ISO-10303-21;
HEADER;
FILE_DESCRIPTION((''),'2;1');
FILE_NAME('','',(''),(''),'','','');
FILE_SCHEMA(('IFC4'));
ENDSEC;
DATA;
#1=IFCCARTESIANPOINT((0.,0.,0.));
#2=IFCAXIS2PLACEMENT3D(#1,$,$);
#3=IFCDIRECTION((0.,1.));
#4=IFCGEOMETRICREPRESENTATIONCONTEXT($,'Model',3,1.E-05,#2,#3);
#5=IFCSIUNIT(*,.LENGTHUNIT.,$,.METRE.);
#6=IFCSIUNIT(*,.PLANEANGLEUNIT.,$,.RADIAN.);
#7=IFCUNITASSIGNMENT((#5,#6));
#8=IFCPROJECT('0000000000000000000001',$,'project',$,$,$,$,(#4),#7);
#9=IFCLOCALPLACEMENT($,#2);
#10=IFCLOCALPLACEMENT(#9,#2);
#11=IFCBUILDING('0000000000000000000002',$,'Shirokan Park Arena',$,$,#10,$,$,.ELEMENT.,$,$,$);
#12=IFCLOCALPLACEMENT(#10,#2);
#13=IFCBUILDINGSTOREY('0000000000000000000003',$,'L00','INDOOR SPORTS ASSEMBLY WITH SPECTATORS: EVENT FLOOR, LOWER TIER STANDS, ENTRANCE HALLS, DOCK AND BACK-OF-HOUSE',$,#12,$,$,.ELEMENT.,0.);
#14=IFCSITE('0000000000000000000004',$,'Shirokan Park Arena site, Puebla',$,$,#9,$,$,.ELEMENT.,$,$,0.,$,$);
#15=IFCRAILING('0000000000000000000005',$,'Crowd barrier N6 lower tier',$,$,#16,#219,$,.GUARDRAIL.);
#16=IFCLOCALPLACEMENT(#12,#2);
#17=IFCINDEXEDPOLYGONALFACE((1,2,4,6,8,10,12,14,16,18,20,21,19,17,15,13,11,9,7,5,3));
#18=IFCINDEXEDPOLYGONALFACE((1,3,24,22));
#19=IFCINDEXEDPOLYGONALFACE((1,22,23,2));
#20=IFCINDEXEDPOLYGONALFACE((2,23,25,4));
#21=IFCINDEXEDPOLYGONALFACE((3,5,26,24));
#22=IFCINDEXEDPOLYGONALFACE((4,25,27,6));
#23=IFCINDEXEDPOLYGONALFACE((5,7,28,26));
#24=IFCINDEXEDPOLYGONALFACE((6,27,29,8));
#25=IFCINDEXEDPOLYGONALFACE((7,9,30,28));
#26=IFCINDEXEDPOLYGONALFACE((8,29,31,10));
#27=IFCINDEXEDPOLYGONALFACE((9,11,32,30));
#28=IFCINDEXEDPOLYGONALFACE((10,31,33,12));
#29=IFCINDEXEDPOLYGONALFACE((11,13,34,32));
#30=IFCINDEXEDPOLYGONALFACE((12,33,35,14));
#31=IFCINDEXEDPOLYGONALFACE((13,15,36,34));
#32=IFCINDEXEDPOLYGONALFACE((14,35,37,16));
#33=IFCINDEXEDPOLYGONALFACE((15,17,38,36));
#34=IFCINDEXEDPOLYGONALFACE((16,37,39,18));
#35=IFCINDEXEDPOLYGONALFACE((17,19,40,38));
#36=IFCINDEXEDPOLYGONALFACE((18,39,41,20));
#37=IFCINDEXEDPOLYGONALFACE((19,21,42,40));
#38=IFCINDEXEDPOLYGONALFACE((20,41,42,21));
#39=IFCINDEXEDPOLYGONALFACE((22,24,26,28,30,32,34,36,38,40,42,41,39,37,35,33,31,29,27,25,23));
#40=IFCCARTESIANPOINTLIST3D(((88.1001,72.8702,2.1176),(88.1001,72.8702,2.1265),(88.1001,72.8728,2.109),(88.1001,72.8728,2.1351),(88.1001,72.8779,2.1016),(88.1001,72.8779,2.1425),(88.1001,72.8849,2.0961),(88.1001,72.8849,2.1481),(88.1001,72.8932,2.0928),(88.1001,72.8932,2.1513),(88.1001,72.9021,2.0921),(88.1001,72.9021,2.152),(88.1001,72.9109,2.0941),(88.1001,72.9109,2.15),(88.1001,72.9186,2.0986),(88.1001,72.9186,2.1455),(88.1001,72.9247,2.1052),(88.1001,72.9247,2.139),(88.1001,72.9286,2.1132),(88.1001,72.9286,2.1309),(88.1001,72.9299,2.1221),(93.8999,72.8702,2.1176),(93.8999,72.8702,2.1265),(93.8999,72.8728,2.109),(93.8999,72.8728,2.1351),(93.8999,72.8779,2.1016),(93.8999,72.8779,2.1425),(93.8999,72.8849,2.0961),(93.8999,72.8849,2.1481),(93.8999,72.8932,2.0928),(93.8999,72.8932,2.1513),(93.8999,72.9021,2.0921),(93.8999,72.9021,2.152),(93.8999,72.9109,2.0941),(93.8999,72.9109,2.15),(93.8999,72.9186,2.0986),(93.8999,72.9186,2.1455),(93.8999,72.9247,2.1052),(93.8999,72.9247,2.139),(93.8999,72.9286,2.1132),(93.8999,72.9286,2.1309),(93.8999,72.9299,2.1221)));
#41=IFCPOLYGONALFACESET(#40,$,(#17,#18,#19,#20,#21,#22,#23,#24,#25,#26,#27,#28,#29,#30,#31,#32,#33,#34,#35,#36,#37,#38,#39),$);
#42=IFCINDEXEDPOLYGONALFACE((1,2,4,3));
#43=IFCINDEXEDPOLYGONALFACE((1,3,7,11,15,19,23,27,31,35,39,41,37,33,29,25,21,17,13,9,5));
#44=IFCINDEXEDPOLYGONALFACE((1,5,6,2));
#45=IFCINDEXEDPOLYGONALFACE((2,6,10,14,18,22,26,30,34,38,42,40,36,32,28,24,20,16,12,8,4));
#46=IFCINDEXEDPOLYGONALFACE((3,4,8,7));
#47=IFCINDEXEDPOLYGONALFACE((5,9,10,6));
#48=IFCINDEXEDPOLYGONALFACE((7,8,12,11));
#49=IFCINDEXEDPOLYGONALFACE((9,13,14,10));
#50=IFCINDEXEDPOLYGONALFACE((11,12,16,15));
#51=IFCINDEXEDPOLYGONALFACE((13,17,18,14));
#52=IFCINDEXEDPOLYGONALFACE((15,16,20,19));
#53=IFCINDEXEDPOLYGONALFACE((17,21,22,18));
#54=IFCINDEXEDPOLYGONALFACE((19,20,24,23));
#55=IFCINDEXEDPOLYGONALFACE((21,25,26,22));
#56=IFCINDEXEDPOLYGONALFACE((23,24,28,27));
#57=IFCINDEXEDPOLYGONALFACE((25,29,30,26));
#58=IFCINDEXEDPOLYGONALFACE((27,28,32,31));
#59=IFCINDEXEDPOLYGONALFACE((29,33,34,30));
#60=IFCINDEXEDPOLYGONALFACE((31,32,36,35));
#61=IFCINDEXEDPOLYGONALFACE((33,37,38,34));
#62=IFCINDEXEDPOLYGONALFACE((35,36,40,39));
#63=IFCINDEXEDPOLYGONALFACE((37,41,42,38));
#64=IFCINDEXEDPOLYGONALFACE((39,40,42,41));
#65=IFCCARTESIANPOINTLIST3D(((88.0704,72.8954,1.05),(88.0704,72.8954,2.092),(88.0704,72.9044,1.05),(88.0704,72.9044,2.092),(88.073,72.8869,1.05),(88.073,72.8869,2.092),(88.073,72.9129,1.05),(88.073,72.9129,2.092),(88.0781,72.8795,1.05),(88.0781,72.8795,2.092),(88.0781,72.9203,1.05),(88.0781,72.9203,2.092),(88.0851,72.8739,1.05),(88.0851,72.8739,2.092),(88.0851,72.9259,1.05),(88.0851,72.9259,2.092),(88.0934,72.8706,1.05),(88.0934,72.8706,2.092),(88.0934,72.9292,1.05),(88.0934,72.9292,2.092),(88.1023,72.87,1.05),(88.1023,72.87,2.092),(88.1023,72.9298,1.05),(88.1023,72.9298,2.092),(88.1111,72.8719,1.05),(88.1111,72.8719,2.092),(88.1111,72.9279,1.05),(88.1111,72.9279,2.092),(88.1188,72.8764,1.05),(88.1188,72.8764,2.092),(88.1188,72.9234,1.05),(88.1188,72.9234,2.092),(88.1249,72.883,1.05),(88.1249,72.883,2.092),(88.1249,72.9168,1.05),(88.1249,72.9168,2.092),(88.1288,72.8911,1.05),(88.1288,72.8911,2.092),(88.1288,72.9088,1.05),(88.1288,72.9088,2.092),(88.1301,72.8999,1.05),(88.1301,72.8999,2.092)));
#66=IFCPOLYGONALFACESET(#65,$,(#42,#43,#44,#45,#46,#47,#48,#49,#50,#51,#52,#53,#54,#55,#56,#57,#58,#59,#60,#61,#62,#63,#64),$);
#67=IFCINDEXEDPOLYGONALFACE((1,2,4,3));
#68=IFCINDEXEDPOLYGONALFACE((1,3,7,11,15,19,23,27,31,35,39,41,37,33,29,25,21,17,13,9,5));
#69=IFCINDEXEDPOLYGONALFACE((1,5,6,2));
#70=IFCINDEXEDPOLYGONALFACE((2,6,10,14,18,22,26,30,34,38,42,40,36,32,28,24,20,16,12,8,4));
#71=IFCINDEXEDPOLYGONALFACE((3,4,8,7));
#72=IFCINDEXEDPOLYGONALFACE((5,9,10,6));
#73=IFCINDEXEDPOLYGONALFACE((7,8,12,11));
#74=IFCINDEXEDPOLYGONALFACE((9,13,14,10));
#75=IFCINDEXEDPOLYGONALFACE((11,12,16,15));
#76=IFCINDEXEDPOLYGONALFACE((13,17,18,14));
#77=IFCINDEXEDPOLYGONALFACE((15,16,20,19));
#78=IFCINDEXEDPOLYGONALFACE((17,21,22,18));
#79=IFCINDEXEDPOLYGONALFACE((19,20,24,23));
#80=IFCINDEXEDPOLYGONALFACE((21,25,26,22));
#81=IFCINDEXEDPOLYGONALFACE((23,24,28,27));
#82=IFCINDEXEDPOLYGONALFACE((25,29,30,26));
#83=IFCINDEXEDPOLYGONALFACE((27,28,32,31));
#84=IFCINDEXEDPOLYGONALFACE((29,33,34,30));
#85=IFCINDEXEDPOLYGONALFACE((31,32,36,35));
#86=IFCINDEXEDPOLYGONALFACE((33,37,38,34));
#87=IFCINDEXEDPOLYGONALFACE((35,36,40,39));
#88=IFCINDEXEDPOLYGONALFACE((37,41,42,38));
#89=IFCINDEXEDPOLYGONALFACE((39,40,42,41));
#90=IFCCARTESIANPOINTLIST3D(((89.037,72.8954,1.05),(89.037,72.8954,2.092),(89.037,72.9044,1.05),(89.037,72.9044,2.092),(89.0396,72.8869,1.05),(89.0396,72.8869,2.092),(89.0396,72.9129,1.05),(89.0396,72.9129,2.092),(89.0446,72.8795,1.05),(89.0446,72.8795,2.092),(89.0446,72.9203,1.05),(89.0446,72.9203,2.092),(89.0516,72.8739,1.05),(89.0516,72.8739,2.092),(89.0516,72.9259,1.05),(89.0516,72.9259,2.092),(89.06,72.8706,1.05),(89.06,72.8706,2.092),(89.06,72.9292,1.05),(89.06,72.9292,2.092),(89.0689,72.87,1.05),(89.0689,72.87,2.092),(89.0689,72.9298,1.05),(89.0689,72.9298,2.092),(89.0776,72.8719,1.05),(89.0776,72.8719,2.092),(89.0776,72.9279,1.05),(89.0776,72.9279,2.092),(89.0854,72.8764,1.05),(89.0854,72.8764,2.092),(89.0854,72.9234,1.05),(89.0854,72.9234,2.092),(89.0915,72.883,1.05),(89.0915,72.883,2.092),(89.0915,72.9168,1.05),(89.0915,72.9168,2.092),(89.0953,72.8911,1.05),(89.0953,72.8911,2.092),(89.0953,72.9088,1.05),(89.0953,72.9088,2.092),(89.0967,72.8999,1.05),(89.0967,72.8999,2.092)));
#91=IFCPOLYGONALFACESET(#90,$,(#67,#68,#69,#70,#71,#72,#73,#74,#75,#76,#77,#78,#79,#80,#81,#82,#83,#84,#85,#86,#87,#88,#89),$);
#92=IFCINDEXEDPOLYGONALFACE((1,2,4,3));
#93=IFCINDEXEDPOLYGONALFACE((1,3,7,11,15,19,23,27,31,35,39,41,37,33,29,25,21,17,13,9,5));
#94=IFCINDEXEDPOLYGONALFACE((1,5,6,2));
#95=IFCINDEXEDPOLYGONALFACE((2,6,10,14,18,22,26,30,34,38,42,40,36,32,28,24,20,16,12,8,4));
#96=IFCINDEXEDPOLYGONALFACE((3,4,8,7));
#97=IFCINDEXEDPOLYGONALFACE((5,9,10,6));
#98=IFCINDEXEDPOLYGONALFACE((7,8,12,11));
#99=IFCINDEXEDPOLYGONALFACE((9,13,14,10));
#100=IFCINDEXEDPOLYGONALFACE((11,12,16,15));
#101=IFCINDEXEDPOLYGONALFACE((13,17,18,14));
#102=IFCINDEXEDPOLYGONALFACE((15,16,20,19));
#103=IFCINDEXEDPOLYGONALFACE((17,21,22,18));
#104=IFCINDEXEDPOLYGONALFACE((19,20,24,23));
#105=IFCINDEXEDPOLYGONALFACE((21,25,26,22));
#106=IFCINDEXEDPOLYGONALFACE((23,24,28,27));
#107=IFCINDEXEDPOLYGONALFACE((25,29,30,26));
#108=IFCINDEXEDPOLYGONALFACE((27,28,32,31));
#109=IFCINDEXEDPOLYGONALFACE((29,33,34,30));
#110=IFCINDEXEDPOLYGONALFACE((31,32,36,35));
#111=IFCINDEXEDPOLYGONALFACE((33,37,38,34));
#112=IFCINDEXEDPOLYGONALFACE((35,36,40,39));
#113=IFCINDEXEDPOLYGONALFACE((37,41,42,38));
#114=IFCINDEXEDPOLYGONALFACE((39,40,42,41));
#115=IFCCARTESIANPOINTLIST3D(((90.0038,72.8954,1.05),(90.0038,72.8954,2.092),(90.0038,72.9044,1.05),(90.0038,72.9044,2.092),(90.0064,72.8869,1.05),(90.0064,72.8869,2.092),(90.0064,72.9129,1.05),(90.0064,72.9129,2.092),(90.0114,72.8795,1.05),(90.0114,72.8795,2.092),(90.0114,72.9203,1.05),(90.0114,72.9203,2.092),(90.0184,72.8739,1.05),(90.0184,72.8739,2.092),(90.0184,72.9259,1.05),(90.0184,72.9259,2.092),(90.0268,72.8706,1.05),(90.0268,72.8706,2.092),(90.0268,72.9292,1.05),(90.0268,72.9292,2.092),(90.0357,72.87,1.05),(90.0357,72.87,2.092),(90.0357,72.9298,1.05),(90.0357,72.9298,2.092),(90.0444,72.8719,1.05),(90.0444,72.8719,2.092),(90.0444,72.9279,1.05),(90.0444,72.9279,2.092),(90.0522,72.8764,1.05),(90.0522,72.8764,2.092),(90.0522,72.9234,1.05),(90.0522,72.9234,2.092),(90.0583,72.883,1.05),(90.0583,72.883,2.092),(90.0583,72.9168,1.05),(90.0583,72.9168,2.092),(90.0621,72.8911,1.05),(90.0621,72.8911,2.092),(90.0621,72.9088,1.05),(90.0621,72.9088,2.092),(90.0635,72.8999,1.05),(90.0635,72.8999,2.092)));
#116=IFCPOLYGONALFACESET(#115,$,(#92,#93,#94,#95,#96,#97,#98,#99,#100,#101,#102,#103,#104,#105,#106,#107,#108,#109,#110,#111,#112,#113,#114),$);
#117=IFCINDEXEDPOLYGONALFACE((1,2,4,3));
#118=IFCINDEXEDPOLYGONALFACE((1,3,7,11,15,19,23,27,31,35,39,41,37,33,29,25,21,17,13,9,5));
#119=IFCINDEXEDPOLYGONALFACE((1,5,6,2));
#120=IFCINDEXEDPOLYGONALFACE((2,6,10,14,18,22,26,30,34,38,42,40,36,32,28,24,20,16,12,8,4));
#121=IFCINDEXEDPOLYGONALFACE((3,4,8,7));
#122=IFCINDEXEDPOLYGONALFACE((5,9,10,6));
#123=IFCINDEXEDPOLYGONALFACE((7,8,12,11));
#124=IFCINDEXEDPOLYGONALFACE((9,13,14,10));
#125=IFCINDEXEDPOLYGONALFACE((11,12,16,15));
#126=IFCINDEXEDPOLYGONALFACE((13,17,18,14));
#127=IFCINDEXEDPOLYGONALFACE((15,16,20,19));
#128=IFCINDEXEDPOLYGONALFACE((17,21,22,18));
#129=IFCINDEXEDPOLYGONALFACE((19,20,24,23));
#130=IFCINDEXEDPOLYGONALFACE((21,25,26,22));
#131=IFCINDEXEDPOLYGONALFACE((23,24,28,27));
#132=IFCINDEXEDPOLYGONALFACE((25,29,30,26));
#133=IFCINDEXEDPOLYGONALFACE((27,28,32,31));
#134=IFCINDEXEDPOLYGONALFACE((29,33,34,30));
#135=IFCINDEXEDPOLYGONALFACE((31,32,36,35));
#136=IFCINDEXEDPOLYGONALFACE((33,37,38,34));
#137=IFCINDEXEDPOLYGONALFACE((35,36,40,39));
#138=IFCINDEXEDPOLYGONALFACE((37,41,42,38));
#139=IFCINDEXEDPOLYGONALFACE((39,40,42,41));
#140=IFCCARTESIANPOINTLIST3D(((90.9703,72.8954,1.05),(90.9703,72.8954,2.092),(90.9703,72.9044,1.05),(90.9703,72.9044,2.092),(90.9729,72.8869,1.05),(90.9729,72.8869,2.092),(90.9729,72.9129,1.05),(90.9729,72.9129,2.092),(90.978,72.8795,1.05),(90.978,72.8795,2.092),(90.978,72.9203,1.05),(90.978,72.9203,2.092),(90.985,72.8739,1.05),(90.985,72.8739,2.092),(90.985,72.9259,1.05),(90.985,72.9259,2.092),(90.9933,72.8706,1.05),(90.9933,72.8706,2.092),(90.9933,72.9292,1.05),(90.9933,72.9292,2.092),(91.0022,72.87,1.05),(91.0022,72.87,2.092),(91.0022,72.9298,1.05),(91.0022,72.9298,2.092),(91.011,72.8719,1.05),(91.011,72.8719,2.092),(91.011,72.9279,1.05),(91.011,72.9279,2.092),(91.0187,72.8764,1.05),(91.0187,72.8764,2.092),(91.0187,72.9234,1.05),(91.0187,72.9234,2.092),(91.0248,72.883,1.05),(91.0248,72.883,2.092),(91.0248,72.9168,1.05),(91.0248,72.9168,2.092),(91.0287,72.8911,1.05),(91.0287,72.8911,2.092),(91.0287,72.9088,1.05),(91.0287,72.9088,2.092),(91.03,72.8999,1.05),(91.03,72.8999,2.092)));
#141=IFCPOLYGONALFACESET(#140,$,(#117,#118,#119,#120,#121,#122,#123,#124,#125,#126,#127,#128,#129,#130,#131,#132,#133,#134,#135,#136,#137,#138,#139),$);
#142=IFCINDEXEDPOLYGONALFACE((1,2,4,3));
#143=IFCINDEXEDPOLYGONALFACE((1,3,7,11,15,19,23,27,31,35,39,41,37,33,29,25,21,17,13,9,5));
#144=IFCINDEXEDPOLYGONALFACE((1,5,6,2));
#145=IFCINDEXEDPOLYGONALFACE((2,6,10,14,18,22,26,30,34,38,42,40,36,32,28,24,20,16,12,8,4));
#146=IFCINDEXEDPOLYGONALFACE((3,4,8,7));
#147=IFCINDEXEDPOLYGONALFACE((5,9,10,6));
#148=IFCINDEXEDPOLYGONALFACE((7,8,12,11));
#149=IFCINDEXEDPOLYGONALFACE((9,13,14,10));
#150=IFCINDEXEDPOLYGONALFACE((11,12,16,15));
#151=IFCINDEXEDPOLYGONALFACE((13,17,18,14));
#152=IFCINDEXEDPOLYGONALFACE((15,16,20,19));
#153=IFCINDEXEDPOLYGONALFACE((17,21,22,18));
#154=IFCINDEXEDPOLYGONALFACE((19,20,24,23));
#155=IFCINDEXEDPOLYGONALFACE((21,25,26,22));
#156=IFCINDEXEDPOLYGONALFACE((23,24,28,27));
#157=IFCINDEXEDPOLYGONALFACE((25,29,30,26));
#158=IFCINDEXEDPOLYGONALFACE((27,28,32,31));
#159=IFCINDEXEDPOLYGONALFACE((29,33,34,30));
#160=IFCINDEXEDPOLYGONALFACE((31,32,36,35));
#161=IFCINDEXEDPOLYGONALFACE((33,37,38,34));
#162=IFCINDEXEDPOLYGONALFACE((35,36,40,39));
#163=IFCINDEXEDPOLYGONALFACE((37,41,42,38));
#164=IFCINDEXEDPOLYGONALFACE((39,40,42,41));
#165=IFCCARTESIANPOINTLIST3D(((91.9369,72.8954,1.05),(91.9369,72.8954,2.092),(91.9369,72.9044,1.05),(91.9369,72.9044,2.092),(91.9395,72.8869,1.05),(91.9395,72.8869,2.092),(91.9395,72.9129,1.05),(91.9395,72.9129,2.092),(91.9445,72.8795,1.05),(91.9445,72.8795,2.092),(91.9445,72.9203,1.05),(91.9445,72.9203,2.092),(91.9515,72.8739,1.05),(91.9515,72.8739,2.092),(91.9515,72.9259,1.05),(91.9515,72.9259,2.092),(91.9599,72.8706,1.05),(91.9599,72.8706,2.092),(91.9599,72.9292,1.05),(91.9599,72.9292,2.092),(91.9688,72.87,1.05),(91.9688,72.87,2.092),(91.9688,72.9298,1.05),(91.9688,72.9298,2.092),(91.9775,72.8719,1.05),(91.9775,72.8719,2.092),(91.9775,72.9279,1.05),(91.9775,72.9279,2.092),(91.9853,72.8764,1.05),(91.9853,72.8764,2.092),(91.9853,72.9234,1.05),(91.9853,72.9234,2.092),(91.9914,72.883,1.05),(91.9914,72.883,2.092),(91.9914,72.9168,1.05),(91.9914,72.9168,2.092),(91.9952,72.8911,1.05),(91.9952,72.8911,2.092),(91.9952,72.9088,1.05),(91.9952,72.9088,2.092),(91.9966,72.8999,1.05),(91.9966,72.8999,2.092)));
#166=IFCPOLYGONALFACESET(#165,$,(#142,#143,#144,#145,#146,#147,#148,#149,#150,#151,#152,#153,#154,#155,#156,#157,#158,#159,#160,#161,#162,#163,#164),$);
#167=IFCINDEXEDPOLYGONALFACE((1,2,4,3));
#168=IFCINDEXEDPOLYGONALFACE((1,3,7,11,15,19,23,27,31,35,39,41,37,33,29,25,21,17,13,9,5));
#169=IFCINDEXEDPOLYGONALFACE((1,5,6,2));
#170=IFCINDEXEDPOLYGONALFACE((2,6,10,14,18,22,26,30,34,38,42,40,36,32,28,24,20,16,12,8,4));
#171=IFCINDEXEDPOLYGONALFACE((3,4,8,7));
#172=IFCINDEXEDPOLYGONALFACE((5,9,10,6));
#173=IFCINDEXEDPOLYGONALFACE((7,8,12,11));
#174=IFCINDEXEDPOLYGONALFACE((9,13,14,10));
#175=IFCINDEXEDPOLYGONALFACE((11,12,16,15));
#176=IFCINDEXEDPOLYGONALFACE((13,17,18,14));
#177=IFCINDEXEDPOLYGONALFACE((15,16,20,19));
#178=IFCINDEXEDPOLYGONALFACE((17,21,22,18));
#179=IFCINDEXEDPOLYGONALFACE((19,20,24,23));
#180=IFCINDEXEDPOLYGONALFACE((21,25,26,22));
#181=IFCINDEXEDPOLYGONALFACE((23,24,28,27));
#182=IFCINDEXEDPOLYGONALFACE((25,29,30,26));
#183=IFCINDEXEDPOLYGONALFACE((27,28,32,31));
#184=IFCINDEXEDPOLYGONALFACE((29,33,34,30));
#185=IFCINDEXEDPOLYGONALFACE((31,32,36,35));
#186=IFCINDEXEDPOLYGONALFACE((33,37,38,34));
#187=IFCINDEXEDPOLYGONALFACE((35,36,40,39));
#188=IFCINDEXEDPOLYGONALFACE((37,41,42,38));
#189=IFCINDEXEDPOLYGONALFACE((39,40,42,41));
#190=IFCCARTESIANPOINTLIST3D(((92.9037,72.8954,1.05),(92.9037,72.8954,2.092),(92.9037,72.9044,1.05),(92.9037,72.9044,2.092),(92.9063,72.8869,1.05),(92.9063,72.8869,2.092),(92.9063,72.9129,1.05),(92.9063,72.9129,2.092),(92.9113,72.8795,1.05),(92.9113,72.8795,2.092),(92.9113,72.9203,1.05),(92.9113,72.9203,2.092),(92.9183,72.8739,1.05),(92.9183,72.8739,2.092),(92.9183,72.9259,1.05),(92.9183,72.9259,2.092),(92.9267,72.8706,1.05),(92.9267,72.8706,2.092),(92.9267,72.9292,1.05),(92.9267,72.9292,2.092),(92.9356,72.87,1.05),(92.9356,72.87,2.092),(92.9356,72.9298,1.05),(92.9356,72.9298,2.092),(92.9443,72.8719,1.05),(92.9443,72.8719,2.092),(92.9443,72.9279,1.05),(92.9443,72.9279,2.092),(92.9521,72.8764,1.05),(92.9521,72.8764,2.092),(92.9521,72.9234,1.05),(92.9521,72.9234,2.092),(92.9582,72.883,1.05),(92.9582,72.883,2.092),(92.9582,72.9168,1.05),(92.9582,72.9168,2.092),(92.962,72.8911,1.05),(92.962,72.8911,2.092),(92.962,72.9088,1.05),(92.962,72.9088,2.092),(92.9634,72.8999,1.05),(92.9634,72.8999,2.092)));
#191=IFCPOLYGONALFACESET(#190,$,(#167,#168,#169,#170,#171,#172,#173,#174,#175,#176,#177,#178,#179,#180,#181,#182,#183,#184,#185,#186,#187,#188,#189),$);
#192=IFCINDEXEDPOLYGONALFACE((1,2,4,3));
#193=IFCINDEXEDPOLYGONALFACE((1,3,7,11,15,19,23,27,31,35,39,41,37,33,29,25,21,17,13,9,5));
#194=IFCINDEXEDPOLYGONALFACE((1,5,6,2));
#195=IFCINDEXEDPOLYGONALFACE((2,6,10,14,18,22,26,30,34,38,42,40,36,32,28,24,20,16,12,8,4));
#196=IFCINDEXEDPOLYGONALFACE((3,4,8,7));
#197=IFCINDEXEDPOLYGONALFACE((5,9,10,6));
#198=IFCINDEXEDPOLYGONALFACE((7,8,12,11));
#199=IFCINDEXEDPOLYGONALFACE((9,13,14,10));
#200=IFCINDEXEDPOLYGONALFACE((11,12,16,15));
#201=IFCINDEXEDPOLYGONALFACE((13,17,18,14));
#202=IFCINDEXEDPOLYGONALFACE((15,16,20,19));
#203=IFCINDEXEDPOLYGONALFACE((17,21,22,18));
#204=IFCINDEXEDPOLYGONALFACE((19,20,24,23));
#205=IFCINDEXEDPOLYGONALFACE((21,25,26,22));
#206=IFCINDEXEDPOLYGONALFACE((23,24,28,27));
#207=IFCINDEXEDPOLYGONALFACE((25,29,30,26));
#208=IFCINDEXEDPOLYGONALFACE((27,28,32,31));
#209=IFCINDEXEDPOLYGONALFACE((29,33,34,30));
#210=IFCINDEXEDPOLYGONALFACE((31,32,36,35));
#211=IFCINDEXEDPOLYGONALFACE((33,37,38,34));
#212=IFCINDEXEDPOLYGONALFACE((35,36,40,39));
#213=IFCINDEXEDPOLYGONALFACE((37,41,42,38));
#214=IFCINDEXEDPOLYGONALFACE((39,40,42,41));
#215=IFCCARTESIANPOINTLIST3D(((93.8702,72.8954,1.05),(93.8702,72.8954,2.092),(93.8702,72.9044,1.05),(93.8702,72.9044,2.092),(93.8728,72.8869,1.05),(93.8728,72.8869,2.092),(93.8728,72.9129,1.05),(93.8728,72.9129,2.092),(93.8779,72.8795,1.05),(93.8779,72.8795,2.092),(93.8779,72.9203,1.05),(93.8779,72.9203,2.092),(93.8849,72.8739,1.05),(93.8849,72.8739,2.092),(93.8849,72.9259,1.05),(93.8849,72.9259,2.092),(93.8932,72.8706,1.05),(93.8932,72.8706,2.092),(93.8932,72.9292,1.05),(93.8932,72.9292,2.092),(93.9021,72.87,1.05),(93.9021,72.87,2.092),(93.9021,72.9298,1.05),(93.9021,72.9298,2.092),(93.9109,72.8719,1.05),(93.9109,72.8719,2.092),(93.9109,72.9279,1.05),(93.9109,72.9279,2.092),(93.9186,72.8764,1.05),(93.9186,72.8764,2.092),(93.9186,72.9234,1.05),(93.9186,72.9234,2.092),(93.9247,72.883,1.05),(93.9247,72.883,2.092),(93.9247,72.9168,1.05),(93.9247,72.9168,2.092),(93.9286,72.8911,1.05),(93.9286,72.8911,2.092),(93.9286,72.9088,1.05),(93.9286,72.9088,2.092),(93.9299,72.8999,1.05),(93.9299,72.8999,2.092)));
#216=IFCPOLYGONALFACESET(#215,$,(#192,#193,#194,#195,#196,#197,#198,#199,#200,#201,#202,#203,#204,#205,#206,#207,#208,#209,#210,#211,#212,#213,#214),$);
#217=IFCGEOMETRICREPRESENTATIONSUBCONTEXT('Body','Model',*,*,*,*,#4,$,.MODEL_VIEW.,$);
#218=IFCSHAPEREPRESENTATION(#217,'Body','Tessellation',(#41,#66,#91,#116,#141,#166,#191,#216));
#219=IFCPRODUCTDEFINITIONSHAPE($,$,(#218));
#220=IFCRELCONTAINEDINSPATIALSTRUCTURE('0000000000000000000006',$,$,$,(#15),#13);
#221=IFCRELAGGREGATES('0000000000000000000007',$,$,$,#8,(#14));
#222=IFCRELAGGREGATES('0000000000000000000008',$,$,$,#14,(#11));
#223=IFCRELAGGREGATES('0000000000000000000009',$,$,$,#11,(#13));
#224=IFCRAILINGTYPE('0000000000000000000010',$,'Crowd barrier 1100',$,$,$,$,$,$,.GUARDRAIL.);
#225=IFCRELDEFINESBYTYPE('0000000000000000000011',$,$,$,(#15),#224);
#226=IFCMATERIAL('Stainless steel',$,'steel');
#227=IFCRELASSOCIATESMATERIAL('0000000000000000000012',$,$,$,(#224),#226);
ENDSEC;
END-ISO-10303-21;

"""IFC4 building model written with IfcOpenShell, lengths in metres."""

from ifc_helpers import new_model, si_unit, direction, frame, origin, origin_2d, place, context, subcontext, project, spatial, circle, extrude, material, type_object, element, save


model = new_model("IFC4")

# Units and contexts
model_context = context("Model", 3, precision=1e-05, world=origin(), true_north=direction((0.0, 1.0)))
body_context = subcontext(model_context, "Body", "Model", "MODEL_VIEW")
ifc_project = project(units=[si_unit("LENGTHUNIT", "METRE"), si_unit("PLANEANGLEUNIT", "RADIAN")], contexts=[model_context])

# Site, building, storey
site_placement = place(None, origin())
site = spatial("IfcSite", under=ifc_project, at=site_placement, Name="Shirokan Park Arena site, Puebla", CompositionType="ELEMENT", RefElevation=0.0)
building_placement = place(site_placement, origin())
building = spatial("IfcBuilding", under=site, at=building_placement, Name="Shirokan Park Arena", CompositionType="ELEMENT")
storey_placement = place(building_placement, origin())
storey = spatial("IfcBuildingStorey", under=building, at=storey_placement, Name="L00", Description="INDOOR SPORTS ASSEMBLY WITH SPECTATORS: EVENT FLOOR, LOWER TIER STANDS, ENTRANCE HALLS, DOCK AND BACK-OF-HOUSE", CompositionType="ELEMENT", Elevation=0.0)

# Railing
ifc_material_1 = material(Name="Stainless steel", Category="steel")
railing_type_1 = type_object("IfcRailingType", Name="Crowd barrier 1100", PredefinedType="GUARDRAIL", material=ifc_material_1)
railing_1_placement = place(storey_placement, frame((88.1001, 72.8999, 1.05)))
element("IfcRailing", 1, at=railing_1_placement, inside=storey, type_object=railing_type_1, Name="Crowd barrier N6 lower tier", PredefinedType="GUARDRAIL", context=body_context, shape_type="SweptSolid", body=[
    extrude(circle(Radius=0.03, at=origin_2d()), frame((0.0, 0.0, 1.072), z_axis=(1.0, 0.0, 0.0), x_axis=(0.0, 1.0, 0.0)), (0.0, 0.0, 1.0), 5.7998),
    extrude(circle(Radius=0.03, at=origin_2d()), origin(), (0.0, 0.0, 1.0), 1.042),
    extrude(circle(Radius=0.03, at=origin_2d()), frame((0.9666, 0.0, 0.0)), (0.0, 0.0, 1.0), 1.042),
    extrude(circle(Radius=0.03, at=origin_2d()), frame((1.9333, 0.0, 0.0)), (0.0, 0.0, 1.0), 1.042),
    extrude(circle(Radius=0.03, at=origin_2d()), frame((2.8999, 0.0, 0.0)), (0.0, 0.0, 1.0), 1.042),
    extrude(circle(Radius=0.03, at=origin_2d()), frame((3.8665, 0.0, 0.0)), (0.0, 0.0, 1.0), 1.042),
    extrude(circle(Radius=0.03, at=origin_2d()), frame((4.8333, 0.0, 0.0)), (0.0, 0.0, 1.0), 1.042),
    extrude(circle(Radius=0.03, at=origin_2d()), frame((5.7998, 0.0, 0.0)), (0.0, 0.0, 1.0), 1.042),
])

save(model, "model.ifc")
